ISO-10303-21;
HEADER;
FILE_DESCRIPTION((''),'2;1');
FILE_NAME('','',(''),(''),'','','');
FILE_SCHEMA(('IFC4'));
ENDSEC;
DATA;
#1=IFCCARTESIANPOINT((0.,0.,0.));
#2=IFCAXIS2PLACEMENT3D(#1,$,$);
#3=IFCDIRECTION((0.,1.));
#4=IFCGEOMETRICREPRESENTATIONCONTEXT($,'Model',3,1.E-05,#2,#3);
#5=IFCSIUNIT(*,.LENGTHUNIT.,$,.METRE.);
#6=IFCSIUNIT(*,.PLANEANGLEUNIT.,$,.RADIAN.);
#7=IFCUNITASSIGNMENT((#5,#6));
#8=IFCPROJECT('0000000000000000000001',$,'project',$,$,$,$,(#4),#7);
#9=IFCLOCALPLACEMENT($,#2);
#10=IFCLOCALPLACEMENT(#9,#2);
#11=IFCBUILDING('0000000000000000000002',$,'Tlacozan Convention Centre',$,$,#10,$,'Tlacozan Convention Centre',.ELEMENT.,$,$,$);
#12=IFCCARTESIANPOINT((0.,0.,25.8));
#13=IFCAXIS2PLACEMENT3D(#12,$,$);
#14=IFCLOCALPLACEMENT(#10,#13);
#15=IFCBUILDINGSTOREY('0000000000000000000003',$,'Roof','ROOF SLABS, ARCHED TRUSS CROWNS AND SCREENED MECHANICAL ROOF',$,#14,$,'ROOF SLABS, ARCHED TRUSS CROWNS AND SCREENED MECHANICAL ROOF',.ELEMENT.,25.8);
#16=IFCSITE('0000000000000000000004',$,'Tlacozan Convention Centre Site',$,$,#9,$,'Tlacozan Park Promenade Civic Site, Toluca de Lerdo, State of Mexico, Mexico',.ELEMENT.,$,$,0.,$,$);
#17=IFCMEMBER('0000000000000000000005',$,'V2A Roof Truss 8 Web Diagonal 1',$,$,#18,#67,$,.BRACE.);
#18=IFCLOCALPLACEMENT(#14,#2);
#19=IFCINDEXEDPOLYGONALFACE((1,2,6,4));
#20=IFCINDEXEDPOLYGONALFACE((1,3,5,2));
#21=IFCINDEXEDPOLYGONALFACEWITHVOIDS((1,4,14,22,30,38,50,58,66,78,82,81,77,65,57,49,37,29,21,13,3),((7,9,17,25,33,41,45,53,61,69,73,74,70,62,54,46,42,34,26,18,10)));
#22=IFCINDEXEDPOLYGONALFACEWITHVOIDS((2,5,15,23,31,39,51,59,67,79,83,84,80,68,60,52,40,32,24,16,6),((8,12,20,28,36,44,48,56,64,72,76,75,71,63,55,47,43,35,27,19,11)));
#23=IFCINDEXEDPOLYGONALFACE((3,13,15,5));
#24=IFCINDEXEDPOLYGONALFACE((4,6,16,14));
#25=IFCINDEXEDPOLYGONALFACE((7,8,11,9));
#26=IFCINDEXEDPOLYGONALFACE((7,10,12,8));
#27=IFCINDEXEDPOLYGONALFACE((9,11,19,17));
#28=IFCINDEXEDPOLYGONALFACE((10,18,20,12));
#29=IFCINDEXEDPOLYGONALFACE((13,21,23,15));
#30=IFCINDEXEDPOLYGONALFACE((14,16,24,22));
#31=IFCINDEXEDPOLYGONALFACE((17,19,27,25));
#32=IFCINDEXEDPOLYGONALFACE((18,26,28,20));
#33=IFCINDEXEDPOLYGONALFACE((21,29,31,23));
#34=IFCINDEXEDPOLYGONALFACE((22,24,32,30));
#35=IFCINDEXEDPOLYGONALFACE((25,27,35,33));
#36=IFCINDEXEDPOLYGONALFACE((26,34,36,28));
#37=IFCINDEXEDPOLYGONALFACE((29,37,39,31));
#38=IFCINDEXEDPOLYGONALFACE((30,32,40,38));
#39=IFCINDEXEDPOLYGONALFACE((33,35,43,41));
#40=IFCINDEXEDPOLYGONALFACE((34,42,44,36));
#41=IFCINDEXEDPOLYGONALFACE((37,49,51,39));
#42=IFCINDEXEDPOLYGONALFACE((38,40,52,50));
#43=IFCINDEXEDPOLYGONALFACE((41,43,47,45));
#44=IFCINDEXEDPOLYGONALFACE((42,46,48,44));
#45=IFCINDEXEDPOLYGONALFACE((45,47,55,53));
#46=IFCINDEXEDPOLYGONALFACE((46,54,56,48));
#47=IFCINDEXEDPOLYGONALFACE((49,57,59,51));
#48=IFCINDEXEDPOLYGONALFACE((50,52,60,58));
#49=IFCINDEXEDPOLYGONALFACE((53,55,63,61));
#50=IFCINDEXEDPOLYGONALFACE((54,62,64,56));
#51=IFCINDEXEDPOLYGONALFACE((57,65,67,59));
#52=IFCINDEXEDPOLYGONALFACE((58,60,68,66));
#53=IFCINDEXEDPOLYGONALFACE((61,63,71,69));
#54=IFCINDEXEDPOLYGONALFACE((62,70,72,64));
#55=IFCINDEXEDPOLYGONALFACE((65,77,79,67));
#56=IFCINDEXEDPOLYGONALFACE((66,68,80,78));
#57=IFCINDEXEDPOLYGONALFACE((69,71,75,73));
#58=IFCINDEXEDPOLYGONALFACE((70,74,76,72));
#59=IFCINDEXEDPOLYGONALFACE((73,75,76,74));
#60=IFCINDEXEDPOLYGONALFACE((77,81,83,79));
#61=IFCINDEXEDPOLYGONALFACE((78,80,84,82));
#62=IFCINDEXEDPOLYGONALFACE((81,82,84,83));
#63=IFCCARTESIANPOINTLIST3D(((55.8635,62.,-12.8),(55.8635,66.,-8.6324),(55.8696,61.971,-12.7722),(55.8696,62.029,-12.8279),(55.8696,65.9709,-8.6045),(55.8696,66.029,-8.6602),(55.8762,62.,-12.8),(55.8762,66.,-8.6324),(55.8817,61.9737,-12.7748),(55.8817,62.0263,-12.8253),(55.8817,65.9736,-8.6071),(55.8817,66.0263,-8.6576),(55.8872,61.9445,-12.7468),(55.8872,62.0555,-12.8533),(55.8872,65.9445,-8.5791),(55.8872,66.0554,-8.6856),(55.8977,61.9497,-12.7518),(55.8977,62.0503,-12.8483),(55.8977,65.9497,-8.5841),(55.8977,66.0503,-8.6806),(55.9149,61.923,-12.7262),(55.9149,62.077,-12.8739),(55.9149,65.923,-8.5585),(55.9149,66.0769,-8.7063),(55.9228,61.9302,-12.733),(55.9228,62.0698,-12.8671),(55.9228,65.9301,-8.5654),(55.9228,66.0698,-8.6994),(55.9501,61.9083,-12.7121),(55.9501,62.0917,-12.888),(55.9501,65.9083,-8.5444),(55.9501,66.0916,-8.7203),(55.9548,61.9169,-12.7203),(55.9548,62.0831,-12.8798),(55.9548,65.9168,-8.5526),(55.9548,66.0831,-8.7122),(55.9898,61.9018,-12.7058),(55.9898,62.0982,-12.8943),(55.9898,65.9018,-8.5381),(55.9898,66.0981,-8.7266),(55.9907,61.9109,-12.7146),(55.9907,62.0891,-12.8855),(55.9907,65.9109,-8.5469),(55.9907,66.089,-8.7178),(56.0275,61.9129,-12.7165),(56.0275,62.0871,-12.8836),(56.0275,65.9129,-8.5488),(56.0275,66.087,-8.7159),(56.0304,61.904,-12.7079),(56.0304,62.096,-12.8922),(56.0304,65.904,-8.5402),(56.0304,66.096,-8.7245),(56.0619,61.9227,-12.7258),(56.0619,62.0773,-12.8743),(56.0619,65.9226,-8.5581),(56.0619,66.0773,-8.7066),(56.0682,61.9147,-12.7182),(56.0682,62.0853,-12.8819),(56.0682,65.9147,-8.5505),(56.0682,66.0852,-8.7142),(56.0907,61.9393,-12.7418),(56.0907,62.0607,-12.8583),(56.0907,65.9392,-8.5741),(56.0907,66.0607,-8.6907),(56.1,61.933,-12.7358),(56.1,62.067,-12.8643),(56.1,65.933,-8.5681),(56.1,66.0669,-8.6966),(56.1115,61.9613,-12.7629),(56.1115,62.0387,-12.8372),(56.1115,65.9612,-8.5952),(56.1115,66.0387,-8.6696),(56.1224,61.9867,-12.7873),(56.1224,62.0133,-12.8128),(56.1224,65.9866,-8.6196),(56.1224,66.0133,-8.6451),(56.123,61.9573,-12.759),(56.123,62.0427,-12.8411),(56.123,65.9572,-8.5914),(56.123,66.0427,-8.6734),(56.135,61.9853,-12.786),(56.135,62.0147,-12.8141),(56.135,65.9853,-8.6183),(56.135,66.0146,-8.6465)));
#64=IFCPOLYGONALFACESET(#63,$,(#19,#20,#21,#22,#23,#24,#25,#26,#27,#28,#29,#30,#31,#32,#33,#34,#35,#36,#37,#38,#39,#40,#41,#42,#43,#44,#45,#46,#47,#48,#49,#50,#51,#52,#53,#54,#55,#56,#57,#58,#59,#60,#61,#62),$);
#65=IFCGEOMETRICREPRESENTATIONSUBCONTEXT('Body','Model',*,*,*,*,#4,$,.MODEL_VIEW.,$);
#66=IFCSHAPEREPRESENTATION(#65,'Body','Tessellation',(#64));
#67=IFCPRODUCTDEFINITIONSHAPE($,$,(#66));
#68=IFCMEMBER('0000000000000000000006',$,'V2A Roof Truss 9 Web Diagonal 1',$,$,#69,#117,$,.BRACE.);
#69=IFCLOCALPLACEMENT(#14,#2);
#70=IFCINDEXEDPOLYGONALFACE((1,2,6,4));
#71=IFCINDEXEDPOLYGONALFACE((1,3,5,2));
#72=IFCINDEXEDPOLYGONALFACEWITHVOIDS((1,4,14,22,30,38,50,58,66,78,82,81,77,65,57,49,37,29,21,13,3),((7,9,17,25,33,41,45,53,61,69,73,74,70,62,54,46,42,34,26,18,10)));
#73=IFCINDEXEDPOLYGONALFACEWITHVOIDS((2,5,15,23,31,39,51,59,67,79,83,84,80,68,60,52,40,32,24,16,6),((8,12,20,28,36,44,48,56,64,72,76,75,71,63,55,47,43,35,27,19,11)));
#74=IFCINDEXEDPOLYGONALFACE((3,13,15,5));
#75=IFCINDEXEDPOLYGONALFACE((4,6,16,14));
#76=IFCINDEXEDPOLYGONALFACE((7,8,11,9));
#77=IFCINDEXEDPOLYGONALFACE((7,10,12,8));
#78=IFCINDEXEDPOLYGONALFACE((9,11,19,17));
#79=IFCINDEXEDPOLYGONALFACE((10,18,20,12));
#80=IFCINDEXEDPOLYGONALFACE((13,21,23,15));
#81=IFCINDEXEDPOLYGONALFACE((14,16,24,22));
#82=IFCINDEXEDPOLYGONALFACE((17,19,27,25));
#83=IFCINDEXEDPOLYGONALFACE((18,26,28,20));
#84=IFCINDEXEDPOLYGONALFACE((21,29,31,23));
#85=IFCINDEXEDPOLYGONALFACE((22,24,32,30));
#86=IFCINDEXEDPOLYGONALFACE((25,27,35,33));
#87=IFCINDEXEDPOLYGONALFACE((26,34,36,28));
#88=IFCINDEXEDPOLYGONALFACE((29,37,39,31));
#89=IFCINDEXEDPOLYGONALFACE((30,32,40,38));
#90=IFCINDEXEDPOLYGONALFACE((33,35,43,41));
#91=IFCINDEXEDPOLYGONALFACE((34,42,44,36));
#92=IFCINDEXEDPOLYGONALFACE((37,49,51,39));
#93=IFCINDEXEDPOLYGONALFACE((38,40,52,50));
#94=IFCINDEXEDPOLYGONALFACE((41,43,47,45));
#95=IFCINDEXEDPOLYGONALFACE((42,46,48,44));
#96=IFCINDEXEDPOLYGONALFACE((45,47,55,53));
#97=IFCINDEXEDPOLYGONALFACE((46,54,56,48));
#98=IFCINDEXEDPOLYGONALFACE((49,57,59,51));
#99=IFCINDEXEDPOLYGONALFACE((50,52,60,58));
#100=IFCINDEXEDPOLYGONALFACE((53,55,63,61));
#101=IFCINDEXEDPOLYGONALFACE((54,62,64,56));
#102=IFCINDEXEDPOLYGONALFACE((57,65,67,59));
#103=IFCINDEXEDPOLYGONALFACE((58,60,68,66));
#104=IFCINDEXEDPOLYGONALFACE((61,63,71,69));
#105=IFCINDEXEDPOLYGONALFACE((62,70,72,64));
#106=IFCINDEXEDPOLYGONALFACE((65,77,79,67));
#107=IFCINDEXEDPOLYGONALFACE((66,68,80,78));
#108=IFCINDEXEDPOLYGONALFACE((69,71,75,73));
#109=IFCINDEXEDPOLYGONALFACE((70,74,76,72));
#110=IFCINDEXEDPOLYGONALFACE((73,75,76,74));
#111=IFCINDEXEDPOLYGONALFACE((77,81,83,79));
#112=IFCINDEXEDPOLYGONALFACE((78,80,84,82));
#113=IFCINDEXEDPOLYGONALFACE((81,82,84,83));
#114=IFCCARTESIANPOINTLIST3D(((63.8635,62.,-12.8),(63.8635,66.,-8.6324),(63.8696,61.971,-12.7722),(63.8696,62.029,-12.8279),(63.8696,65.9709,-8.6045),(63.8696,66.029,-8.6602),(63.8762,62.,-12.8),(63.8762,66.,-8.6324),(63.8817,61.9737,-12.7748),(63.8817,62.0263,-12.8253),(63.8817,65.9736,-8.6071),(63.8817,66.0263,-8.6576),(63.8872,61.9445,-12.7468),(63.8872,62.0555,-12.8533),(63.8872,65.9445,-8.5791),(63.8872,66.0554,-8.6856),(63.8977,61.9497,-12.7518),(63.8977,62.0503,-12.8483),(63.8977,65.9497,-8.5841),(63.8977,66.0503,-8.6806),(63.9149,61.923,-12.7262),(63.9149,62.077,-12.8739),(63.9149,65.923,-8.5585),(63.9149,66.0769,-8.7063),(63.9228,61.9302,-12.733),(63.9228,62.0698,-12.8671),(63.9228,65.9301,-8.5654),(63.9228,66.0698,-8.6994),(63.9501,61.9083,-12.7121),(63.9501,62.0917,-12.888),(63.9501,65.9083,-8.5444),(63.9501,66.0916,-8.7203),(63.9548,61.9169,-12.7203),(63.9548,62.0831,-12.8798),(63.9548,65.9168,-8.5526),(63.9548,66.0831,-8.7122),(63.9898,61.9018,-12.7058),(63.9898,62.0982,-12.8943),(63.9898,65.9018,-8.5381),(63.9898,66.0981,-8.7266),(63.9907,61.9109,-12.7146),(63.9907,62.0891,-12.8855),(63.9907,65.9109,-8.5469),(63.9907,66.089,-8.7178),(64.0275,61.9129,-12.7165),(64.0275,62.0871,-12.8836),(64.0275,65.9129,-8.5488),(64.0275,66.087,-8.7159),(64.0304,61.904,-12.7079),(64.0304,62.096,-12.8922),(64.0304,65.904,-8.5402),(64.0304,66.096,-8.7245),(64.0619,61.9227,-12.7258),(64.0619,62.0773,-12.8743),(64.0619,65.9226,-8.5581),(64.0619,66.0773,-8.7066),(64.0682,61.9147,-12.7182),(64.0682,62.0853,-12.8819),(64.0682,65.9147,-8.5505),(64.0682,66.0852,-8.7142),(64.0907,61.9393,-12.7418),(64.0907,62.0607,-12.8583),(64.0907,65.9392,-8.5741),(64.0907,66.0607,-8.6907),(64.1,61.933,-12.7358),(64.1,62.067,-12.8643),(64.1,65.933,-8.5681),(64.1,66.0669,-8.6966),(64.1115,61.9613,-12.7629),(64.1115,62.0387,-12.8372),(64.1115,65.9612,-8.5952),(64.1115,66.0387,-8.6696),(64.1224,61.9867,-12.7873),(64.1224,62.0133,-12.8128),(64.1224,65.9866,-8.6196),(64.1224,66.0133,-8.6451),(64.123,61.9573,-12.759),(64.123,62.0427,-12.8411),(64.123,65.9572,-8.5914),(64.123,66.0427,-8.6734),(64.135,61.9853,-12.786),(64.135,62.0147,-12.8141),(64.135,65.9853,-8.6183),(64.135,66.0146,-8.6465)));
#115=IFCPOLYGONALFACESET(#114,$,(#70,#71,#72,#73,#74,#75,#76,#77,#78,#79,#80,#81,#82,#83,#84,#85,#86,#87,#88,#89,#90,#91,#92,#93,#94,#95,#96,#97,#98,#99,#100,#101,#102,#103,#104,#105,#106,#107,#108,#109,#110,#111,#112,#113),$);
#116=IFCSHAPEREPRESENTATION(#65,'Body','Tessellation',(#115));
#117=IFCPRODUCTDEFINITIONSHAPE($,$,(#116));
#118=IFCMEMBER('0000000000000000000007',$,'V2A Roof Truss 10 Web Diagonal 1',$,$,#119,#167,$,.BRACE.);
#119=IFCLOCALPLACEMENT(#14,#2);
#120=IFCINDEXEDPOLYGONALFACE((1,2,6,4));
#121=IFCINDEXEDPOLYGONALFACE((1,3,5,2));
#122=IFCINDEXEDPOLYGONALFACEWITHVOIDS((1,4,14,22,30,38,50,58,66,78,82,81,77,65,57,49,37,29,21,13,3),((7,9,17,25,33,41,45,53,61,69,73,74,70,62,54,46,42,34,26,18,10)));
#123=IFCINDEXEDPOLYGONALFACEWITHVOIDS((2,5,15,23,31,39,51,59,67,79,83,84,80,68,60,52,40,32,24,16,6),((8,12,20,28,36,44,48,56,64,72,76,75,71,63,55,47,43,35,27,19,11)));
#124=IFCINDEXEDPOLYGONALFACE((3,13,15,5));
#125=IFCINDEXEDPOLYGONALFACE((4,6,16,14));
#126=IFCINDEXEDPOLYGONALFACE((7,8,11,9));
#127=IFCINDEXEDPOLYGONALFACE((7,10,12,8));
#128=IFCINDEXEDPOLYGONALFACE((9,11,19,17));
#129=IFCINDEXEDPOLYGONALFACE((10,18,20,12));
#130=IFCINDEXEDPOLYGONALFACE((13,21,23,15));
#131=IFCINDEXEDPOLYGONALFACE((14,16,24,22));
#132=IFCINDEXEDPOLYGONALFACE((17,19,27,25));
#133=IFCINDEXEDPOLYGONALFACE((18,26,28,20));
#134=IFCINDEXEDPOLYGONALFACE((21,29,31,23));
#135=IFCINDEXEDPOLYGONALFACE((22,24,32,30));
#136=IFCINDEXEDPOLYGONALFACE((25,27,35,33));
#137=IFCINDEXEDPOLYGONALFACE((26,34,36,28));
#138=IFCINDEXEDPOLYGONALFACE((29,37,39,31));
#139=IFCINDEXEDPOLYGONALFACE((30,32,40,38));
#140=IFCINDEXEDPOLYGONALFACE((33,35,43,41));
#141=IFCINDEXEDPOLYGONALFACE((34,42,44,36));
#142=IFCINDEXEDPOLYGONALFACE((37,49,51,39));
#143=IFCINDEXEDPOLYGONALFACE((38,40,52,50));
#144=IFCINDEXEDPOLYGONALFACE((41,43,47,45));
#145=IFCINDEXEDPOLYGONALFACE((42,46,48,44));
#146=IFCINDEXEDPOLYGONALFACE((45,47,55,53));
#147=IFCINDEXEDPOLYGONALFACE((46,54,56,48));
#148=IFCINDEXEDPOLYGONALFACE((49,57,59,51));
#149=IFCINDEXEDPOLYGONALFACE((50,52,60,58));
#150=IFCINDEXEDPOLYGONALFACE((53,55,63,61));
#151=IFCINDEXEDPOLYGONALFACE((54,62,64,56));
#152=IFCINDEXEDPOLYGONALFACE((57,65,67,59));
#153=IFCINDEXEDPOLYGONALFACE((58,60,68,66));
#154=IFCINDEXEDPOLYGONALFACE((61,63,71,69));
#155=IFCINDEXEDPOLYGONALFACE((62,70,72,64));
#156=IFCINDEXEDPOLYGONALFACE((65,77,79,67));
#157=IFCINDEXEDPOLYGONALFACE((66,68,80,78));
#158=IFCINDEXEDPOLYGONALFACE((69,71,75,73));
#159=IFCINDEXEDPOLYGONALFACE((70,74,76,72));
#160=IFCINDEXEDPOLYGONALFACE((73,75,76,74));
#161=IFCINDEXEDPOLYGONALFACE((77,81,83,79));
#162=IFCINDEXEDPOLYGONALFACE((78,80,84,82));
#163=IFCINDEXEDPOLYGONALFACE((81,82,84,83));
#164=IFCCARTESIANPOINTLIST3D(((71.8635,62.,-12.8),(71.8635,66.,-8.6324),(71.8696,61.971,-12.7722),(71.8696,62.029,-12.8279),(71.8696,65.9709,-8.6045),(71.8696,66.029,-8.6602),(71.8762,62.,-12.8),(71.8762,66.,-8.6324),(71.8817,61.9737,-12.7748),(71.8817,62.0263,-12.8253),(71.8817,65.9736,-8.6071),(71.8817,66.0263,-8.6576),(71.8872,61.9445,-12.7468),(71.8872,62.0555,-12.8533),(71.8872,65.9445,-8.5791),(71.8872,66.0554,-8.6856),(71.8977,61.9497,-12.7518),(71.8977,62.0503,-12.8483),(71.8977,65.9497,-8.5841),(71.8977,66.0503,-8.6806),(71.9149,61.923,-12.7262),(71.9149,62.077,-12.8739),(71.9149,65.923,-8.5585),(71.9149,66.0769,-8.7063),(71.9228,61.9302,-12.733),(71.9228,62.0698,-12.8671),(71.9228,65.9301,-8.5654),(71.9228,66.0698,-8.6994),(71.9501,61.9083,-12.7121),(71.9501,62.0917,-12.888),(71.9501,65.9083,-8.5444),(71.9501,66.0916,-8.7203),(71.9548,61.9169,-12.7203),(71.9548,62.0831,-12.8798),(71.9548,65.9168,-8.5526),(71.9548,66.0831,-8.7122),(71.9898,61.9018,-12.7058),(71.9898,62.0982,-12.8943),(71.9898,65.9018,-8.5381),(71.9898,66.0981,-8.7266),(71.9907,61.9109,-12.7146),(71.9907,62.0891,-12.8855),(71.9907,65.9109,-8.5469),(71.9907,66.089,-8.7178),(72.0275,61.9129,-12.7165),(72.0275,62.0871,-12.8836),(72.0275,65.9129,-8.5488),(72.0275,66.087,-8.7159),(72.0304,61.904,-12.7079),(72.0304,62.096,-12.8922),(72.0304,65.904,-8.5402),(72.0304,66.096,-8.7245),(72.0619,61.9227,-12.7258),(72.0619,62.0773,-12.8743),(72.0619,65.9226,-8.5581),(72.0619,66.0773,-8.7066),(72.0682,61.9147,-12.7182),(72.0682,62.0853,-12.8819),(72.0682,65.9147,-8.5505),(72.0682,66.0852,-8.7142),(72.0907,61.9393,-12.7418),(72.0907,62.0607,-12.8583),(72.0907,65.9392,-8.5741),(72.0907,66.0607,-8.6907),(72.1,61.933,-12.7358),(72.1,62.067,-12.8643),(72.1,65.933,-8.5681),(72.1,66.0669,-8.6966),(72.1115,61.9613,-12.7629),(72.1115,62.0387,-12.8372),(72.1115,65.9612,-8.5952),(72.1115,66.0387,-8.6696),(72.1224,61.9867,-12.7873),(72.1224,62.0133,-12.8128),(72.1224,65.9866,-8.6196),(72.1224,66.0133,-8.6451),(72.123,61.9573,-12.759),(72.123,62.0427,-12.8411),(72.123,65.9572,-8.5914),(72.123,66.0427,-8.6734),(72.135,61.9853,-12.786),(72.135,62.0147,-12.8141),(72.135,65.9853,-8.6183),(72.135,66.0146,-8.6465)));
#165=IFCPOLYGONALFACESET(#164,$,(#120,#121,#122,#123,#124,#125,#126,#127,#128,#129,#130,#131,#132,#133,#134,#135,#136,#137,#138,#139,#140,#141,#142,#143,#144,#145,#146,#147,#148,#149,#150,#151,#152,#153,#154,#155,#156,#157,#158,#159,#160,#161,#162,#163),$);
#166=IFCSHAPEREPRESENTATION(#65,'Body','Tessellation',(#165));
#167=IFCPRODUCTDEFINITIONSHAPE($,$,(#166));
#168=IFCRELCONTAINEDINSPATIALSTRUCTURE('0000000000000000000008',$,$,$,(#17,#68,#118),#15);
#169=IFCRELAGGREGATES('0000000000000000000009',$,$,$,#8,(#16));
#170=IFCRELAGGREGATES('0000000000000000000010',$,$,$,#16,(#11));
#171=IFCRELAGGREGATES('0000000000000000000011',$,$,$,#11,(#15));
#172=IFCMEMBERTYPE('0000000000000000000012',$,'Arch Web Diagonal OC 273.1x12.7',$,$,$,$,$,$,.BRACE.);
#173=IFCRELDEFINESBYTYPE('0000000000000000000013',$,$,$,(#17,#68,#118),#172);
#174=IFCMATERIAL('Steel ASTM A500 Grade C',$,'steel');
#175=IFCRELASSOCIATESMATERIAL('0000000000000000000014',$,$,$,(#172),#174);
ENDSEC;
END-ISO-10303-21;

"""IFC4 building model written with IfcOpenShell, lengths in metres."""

from ifc_helpers import new_model, si_unit, direction, frame, origin, origin_2d, place, context, subcontext, project, spatial, hollow_circle, extrude, material, material_profile, profile_set, type_object, element, save


model = new_model("IFC4")

# Units and contexts
model_context = context("Model", 3, precision=1e-05, world=origin(), true_north=direction((0.0, 1.0)))
body_context = subcontext(model_context, "Body", "Model", "MODEL_VIEW")
ifc_project = project(units=[si_unit("LENGTHUNIT", "METRE"), si_unit("PLANEANGLEUNIT", "RADIAN")], contexts=[model_context])

# Site, building, storey
site_placement = place(None, origin())
site = spatial("IfcSite", under=ifc_project, at=site_placement, Name="Tlacozan Convention Centre Site", LongName="Tlacozan Park Promenade Civic Site, Toluca de Lerdo, State of Mexico, Mexico", CompositionType="ELEMENT", RefElevation=0.0)
building_placement = place(site_placement, origin())
building = spatial("IfcBuilding", under=site, at=building_placement, Name="Tlacozan Convention Centre", LongName="Tlacozan Convention Centre", CompositionType="ELEMENT")
storey_placement = place(building_placement, frame((0.0, 0.0, 25.8)))
storey = spatial("IfcBuildingStorey", under=building, at=storey_placement, Name="Roof", Description="ROOF SLABS, ARCHED TRUSS CROWNS AND SCREENED MECHANICAL ROOF", LongName="ROOF SLABS, ARCHED TRUSS CROWNS AND SCREENED MECHANICAL ROOF", CompositionType="ELEMENT", Elevation=25.8)

# Members
ifc_material_1 = material(Name="Steel ASTM A500 Grade C", Category="steel")
ifc_material_profile_1 = material_profile(ifc_material_1, hollow_circle(Radius=0.1365, WallThickness=0.0127, at=origin_2d()), Name="OC 273.1x12.7")
ifc_profile_set_1 = profile_set([ifc_material_profile_1], Name="Steel ASTM A500 Grade C")
member_type_1 = type_object("IfcMemberType", Name="Arch Web Diagonal OC 273.1x12.7", PredefinedType="BRACE", material=ifc_profile_set_1)
for number, where, z_axis, x_axis, name in (
    (1, (56.0, 62.0, -12.8), (0.0, 0.69244, 0.721475), (-1.0, 0.0, 0.0), "V2A Roof Truss 8 Web Diagonal 1"),
    (2, (64.0, 62.0, -12.8), (0.0, 0.69244, 0.721475), (-1.0, 0.0, 0.0), "V2A Roof Truss 9 Web Diagonal 1"),
    (3, (72.0, 62.0, -12.8), (0.0, 0.69244, 0.721475), (-1.0, 0.0, 0.0), "V2A Roof Truss 10 Web Diagonal 1"),
):
    element("IfcMember", number, at=place(storey_placement, frame(where, z_axis=z_axis, x_axis=x_axis)), inside=storey, type_object=member_type_1, Name=name, PredefinedType="BRACE", context=body_context, shape_type="SweptSolid", body=[
        extrude(hollow_circle(Radius=0.1365, WallThickness=0.0127, at=origin_2d()), origin(), (0.0, 0.0, 1.0), 5.7766),
    ])

save(model, "model.ifc")
